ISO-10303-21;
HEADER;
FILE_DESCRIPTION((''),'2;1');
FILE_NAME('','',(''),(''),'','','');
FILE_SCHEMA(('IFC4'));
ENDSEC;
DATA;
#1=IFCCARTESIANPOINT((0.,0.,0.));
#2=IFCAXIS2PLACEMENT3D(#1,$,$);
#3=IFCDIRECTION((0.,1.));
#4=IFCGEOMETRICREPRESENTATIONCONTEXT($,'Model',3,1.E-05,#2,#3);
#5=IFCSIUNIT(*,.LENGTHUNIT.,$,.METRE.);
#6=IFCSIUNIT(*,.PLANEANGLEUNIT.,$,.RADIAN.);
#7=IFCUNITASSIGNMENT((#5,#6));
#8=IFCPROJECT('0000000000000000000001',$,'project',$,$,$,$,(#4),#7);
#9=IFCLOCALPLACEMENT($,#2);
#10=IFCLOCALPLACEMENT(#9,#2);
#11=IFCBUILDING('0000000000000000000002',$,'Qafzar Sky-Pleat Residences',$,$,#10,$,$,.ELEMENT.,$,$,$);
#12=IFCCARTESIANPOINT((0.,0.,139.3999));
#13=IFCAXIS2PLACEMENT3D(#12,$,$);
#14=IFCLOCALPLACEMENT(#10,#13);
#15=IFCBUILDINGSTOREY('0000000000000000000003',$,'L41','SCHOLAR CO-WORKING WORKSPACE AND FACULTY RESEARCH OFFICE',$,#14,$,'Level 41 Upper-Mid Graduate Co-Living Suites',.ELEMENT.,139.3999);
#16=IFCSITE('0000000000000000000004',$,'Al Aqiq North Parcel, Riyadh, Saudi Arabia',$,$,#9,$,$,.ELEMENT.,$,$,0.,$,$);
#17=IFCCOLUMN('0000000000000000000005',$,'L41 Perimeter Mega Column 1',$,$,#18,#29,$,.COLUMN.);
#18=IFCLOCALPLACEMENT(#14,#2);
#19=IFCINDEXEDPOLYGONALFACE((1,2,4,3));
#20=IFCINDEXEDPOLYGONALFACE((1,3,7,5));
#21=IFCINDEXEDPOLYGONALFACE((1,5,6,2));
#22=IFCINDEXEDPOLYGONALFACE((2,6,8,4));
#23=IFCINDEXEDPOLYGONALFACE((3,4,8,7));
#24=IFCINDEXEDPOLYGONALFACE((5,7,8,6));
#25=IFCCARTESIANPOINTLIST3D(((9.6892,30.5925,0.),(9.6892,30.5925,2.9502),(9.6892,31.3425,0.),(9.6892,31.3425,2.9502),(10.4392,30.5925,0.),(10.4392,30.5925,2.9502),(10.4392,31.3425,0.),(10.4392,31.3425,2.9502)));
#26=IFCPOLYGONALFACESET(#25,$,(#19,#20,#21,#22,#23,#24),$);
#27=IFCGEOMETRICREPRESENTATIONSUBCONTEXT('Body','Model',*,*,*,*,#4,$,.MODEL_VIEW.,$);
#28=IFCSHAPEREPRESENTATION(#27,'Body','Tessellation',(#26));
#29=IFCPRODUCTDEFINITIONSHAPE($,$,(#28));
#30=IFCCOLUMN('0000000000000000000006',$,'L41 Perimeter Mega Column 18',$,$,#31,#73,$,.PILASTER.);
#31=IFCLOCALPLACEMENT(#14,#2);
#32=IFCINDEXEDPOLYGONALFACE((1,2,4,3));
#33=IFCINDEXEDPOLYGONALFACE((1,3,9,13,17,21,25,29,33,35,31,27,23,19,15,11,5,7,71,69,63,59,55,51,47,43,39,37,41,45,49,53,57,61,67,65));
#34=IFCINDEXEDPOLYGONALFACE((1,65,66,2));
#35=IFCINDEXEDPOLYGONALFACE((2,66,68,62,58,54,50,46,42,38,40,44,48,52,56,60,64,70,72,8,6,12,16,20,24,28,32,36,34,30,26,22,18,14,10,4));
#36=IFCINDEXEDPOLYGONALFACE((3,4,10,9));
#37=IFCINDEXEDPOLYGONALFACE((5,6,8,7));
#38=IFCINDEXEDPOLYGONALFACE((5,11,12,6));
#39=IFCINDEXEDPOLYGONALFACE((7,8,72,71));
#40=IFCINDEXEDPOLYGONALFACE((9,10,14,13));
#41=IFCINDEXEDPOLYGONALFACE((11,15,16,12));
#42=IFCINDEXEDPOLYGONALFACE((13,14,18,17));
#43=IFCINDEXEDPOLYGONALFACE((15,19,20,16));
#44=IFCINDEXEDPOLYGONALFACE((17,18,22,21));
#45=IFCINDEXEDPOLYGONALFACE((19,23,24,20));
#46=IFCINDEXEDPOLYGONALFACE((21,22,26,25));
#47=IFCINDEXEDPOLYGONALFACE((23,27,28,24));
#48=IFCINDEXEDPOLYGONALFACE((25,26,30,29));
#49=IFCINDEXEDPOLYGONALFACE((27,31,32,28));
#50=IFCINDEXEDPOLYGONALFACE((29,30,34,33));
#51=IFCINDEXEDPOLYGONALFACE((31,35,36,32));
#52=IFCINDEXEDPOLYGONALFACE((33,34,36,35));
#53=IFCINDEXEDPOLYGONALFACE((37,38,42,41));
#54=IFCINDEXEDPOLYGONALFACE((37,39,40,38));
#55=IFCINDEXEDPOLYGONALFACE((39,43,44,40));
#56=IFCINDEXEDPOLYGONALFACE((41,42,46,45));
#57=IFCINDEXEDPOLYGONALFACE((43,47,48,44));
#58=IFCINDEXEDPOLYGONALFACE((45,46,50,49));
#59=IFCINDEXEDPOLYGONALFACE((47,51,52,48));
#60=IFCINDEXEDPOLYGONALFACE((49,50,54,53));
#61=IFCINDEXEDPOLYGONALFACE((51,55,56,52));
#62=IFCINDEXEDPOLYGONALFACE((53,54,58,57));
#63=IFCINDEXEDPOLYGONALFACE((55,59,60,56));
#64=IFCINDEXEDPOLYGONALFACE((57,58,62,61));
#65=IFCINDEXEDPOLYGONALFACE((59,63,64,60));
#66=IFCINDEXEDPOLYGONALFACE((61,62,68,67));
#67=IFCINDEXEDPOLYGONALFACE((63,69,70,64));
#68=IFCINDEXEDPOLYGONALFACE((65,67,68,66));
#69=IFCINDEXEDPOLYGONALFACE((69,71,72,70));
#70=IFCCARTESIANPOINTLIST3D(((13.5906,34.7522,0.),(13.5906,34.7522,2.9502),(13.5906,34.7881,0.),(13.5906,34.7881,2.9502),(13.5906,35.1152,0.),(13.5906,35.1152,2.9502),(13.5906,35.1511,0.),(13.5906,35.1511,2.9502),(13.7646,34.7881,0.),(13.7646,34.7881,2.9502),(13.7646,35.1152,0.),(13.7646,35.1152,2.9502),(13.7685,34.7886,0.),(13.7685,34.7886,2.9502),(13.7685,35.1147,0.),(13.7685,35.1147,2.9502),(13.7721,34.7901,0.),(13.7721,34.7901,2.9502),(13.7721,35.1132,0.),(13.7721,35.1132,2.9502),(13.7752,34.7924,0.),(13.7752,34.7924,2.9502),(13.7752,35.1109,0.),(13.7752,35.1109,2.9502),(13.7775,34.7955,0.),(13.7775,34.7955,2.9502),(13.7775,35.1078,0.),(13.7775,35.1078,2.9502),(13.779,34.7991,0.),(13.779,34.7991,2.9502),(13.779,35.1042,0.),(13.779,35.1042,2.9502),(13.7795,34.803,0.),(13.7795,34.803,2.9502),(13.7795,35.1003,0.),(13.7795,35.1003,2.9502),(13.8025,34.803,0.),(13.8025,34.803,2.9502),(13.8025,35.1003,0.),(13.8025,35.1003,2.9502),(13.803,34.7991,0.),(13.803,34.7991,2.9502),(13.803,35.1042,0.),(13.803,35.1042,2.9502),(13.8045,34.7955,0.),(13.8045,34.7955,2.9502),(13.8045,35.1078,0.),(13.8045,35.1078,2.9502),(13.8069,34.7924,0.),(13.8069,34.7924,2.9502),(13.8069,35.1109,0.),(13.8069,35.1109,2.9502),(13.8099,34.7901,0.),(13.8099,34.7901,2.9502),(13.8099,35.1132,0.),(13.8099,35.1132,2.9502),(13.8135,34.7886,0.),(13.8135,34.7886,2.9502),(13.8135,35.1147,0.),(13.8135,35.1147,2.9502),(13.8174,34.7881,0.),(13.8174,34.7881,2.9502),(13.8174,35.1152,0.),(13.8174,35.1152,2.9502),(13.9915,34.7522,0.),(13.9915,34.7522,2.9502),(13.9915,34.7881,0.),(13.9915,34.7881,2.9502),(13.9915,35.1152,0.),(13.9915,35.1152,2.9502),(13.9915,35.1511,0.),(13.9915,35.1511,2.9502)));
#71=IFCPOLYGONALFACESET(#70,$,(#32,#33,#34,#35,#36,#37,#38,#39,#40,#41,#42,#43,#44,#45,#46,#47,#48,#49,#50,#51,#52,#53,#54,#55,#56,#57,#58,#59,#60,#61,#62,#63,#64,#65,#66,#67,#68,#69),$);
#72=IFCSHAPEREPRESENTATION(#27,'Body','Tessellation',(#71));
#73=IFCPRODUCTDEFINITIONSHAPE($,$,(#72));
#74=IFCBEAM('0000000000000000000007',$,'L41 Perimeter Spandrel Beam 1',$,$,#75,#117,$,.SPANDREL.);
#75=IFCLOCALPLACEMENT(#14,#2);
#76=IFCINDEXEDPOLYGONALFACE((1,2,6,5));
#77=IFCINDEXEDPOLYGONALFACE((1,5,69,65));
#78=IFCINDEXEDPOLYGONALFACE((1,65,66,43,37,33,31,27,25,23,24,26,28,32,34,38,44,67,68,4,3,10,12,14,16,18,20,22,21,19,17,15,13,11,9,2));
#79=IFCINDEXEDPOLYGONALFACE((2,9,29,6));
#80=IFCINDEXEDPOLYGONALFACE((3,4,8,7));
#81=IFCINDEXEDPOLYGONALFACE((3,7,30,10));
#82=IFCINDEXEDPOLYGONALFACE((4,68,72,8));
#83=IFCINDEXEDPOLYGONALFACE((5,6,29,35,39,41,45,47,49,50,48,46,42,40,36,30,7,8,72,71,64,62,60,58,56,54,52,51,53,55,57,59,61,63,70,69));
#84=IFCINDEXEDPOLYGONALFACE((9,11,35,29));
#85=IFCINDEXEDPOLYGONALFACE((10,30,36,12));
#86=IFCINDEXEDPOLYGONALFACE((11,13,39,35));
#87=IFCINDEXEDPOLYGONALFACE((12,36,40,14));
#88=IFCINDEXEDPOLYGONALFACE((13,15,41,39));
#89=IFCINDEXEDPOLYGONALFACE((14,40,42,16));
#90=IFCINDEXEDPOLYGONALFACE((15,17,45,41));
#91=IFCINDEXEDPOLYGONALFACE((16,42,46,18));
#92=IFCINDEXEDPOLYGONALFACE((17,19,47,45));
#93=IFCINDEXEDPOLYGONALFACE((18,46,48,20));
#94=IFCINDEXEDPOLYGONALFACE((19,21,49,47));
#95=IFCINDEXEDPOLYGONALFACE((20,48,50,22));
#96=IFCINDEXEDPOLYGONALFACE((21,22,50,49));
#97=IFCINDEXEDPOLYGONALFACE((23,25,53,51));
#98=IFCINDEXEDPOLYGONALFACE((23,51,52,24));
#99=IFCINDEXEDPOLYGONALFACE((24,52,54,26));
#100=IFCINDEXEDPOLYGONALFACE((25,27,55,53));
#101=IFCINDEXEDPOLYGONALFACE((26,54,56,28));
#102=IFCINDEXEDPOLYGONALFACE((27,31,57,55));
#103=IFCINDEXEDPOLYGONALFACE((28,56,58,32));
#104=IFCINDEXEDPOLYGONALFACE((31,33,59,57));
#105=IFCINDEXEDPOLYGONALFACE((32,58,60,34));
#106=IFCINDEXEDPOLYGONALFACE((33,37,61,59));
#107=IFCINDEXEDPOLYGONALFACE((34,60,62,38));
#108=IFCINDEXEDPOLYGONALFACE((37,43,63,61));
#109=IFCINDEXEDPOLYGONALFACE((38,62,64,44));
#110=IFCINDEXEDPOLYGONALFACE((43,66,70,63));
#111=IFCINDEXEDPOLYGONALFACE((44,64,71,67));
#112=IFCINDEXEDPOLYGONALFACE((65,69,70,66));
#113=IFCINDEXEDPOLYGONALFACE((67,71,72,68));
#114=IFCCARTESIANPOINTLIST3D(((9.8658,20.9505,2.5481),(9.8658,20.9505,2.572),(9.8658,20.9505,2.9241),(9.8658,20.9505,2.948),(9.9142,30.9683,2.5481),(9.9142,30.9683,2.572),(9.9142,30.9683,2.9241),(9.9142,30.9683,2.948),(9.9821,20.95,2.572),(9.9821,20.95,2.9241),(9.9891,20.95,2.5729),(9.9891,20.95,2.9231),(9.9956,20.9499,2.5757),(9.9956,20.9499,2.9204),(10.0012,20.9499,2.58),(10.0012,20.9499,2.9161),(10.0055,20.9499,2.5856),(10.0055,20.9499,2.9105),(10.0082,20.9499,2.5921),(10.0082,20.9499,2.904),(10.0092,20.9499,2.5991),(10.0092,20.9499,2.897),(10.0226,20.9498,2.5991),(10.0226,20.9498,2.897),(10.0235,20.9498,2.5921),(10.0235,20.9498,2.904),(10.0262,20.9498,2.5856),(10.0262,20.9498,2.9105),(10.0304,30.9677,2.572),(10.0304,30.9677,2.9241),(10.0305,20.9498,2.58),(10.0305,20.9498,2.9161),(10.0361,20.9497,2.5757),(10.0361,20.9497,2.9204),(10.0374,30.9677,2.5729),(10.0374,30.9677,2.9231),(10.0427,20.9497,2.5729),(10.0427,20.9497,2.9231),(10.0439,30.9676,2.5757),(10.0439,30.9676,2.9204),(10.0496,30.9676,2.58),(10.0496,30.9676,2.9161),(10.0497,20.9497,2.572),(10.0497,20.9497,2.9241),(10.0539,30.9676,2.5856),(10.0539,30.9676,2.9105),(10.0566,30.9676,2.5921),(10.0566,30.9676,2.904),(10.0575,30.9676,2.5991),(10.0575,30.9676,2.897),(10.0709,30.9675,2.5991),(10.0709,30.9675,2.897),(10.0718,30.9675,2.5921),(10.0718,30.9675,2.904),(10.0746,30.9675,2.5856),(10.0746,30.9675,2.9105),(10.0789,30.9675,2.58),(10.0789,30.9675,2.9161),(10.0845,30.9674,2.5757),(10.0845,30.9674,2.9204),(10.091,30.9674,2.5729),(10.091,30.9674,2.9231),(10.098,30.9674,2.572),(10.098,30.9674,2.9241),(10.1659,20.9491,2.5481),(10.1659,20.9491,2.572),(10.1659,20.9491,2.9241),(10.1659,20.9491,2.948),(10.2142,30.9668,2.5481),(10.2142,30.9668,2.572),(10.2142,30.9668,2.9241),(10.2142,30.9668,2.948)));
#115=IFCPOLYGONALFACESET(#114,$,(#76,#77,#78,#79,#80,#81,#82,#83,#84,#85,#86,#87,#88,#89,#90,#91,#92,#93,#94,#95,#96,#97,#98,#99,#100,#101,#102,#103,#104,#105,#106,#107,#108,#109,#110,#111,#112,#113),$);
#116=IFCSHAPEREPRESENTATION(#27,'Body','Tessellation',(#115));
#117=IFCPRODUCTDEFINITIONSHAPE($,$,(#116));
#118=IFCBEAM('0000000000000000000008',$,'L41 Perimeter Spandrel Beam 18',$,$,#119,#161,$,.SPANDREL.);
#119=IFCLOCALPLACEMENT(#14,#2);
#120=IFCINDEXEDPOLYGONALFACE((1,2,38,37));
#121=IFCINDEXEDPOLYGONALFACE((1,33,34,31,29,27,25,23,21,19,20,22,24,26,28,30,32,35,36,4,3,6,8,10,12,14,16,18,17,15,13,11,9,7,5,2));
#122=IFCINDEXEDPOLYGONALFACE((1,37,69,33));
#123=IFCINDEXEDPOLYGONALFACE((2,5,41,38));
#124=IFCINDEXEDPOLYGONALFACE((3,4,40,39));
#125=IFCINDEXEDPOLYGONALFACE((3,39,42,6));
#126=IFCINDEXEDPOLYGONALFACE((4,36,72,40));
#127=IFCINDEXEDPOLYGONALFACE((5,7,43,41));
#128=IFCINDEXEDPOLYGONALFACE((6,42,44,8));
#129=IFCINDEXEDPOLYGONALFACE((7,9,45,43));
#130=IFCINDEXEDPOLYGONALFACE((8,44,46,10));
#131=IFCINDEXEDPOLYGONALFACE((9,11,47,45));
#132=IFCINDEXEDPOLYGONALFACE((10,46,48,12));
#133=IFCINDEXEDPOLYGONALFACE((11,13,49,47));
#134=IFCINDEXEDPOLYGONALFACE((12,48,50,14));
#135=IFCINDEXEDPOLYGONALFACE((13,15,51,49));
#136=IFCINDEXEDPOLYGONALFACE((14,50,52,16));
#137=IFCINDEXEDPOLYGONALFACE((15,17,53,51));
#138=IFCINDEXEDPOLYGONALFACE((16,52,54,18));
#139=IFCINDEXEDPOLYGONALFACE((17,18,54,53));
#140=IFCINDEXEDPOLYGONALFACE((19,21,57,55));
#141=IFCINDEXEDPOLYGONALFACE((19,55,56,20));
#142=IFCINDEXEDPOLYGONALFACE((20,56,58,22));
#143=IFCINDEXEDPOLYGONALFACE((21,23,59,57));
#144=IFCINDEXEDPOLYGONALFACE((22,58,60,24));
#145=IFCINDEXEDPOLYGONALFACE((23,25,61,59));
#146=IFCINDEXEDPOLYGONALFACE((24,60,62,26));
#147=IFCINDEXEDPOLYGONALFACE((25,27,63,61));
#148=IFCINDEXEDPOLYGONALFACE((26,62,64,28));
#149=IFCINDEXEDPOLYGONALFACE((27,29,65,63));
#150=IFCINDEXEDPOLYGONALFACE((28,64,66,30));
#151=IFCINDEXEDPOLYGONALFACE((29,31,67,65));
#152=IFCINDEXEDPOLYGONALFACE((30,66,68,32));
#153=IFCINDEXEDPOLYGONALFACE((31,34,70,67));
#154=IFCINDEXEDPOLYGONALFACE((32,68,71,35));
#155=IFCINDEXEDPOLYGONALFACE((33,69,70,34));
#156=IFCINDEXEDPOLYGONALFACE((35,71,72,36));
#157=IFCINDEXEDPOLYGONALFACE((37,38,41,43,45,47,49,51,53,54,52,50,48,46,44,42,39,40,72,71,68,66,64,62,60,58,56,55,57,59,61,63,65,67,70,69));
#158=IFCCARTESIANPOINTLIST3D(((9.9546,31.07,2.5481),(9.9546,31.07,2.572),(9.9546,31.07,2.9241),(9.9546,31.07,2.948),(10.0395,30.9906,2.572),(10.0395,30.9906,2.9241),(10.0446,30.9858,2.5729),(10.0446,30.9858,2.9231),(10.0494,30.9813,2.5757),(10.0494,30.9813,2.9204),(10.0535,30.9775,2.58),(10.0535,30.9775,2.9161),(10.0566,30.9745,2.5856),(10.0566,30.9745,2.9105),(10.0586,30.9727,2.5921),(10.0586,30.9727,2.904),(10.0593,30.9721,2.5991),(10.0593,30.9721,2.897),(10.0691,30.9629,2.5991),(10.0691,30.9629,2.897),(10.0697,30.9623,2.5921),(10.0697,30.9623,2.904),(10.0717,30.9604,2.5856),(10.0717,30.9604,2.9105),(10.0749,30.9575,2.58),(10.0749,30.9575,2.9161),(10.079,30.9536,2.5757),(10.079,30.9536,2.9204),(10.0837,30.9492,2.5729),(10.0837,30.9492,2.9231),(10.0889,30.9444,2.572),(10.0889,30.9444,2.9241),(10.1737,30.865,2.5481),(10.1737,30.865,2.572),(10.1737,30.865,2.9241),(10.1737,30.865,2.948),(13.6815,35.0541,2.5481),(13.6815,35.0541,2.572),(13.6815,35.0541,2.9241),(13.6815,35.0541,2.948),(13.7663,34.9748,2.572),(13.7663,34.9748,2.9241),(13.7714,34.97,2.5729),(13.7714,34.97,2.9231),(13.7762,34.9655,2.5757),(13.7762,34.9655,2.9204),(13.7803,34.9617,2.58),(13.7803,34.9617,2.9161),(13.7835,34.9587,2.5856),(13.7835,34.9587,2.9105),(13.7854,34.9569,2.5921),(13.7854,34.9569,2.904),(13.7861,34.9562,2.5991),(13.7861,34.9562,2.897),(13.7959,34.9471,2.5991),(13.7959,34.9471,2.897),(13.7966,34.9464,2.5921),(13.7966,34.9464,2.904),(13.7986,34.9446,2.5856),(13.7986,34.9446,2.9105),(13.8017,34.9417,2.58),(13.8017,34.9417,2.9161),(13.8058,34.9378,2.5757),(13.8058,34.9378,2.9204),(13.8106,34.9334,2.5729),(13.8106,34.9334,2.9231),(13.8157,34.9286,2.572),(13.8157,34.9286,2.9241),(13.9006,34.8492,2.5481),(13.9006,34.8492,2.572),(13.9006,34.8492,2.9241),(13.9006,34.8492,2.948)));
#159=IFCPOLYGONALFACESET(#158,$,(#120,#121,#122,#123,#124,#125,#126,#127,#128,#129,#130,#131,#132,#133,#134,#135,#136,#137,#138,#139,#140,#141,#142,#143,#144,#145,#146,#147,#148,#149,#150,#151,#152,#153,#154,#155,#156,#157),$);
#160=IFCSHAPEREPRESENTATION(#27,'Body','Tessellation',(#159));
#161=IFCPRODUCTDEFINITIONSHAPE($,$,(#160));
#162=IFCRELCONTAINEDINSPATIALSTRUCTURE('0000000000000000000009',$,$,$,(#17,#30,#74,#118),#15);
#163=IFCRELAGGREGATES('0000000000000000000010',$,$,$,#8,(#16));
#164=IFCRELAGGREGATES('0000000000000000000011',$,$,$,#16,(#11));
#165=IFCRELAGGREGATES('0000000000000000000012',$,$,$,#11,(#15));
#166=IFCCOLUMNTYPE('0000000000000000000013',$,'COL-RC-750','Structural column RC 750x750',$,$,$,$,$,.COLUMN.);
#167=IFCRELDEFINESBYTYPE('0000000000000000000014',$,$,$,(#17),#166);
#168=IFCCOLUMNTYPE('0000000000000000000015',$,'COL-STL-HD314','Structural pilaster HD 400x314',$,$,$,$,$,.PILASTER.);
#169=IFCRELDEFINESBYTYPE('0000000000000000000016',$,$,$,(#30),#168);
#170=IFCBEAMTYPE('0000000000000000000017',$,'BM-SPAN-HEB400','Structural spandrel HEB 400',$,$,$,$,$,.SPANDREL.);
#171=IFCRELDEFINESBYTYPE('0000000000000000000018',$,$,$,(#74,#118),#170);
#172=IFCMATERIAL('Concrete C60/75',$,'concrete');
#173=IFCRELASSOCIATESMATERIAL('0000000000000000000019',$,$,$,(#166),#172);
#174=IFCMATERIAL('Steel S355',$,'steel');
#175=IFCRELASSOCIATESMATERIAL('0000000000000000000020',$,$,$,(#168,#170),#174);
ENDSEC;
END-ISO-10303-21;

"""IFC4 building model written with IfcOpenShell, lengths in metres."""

from ifc_helpers import new_model, si_unit, direction, frame, origin, origin_2d, place, context, subcontext, project, spatial, rectangle, i_section, extrude, source, transform, mapped, material, material_profile, profile_set, type_object, element, save


model = new_model("IFC4")

# Units and contexts
model_context = context("Model", 3, precision=1e-05, world=origin(), true_north=direction((0.0, 1.0)))
body_context = subcontext(model_context, "Body", "Model", "MODEL_VIEW")
ifc_project = project(units=[si_unit("LENGTHUNIT", "METRE"), si_unit("PLANEANGLEUNIT", "RADIAN")], contexts=[model_context])

# Site, building, storey
site_placement = place(None, origin())
site = spatial("IfcSite", under=ifc_project, at=site_placement, Name="Al Aqiq North Parcel, Riyadh, Saudi Arabia", CompositionType="ELEMENT", RefElevation=0.0)
building_placement = place(site_placement, origin())
building = spatial("IfcBuilding", under=site, at=building_placement, Name="Qafzar Sky-Pleat Residences", CompositionType="ELEMENT")
storey_placement = place(building_placement, frame((0.0, 0.0, 139.3999)))
storey = spatial("IfcBuildingStorey", under=building, at=storey_placement, Name="L41", Description="SCHOLAR CO-WORKING WORKSPACE AND FACULTY RESEARCH OFFICE", LongName="Level 41 Upper-Mid Graduate Co-Living Suites", CompositionType="ELEMENT", Elevation=139.3999)

# Columns
ifc_material_1 = material(Name="Concrete C60/75", Category="concrete")
ifc_material_profile_1 = material_profile(ifc_material_1, rectangle(XDim=0.75, YDim=0.75, at=origin_2d()), Name="RC 750x750")
ifc_profile_set_1 = profile_set([ifc_material_profile_1], Name="Concrete C60/75")
column_type_1 = type_object("IfcColumnType", Name="COL-RC-750", Description="Structural column RC 750x750", PredefinedType="COLUMN", material=ifc_profile_set_1)
shared_shape_1 = source(origin(), body_context, "Body", "SweptSolid", [
    extrude(rectangle(XDim=0.75, YDim=0.75, at=origin_2d()), origin(), (0.0, 0.0, 1.0), 2.9502),
])
column_1_placement = place(storey_placement, frame((10.0642, 30.9675, 0.0), z_axis=(0.0, 0.0, 1.0), x_axis=(1.0, 0.0, 0.0)))
element("IfcColumn", 1, at=column_1_placement, inside=storey, type_object=column_type_1, Name="L41 Perimeter Mega Column 1", PredefinedType="COLUMN", context=body_context, shape_type="MappedRepresentation", body=[
    mapped(shared_shape_1, transform((0.0, 0.0, 0.0), x_axis=(1.0, 0.0, 0.0), y_axis=(0.0, 1.0, 0.0), z_axis=(0.0, 0.0, 1.0), scale=1.0)),
])
ifc_material_2 = material(Name="Steel S355", Category="steel")
ifc_material_profile_2 = material_profile(ifc_material_2, i_section(OverallWidth=0.4009, OverallDepth=0.3989, WebThickness=0.0229, FlangeThickness=0.0359, FilletRadius=0.0149, at=origin_2d()), Name="HD 400x314")
ifc_profile_set_2 = profile_set([ifc_material_profile_2], Name="Steel S355")
column_type_2 = type_object("IfcColumnType", Name="COL-STL-HD314", Description="Structural pilaster HD 400x314", PredefinedType="PILASTER", material=ifc_profile_set_2)
shared_shape_2 = source(origin(), body_context, "Body", "SweptSolid", [
    extrude(i_section(OverallWidth=0.4009, OverallDepth=0.3989, WebThickness=0.0229, FlangeThickness=0.0359, FilletRadius=0.0149, at=origin_2d()), origin(), (0.0, 0.0, 1.0), 2.9502),
])
column_2_placement = place(storey_placement, frame((13.791, 34.9517, 0.0), z_axis=(0.0, 0.0, 1.0), x_axis=(1.0, 0.0, 0.0)))
element("IfcColumn", 2, at=column_2_placement, inside=storey, type_object=column_type_2, Name="L41 Perimeter Mega Column 18", PredefinedType="PILASTER", context=body_context, shape_type="MappedRepresentation", body=[
    mapped(shared_shape_2, transform((0.0, 0.0, 0.0), x_axis=(1.0, 0.0, 0.0), y_axis=(0.0, 1.0, 0.0), z_axis=(0.0, 0.0, 1.0), scale=1.0)),
])

# Beams
ifc_material_profile_3 = material_profile(ifc_material_2, i_section(OverallWidth=0.3, OverallDepth=0.3999, WebThickness=0.0134, FlangeThickness=0.0239, FilletRadius=0.0271, at=origin_2d()), Name="HEB 400")
ifc_profile_set_3 = profile_set([ifc_material_profile_3], Name="Steel S355")
beam_type_1 = type_object("IfcBeamType", Name="BM-SPAN-HEB400", Description="Structural spandrel HEB 400", PredefinedType="SPANDREL", material=ifc_profile_set_3)
shared_shape_3 = source(origin(), body_context, "Body", "SweptSolid", [
    extrude(i_section(OverallWidth=0.3, OverallDepth=0.3999, WebThickness=0.0134, FlangeThickness=0.0239, FilletRadius=0.0271, at=origin_2d()), origin(), (0.0, 0.0, 1.0), 10.0178),
])
beam_1_placement = place(storey_placement, frame((10.0642, 30.9675, 2.748), z_axis=(-0.004825, -0.999988, 0.0), x_axis=(0.999988, -0.004825, 0.0)))
element("IfcBeam", 3, at=beam_1_placement, inside=storey, type_object=beam_type_1, Name="L41 Perimeter Spandrel Beam 1", PredefinedType="SPANDREL", context=body_context, shape_type="MappedRepresentation", body=[
    mapped(shared_shape_3, transform((0.0, 0.0, 0.0), x_axis=(1.0, 0.0, 0.0), y_axis=(0.0, 1.0, 0.0), z_axis=(0.0, 0.0, 1.0), scale=1.0)),
])
shared_shape_4 = source(origin(), body_context, "Body", "SweptSolid", [
    extrude(i_section(OverallWidth=0.3, OverallDepth=0.3999, WebThickness=0.0134, FlangeThickness=0.0239, FilletRadius=0.0271, at=origin_2d()), origin(), (0.0, 0.0, 1.0), 5.4556),
])
beam_2_placement = place(storey_placement, frame((13.791, 34.9517, 2.748), z_axis=(-0.683129, -0.730297, 0.0), x_axis=(0.730297, -0.683129, 0.0)))
element("IfcBeam", 4, at=beam_2_placement, inside=storey, type_object=beam_type_1, Name="L41 Perimeter Spandrel Beam 18", PredefinedType="SPANDREL", context=body_context, shape_type="MappedRepresentation", body=[
    mapped(shared_shape_4, transform((0.0, 0.0, 0.0), x_axis=(1.0, 0.0, 0.0), y_axis=(0.0, 1.0, 0.0), z_axis=(0.0, 0.0, 1.0), scale=1.0)),
])

save(model, "model.ifc")
